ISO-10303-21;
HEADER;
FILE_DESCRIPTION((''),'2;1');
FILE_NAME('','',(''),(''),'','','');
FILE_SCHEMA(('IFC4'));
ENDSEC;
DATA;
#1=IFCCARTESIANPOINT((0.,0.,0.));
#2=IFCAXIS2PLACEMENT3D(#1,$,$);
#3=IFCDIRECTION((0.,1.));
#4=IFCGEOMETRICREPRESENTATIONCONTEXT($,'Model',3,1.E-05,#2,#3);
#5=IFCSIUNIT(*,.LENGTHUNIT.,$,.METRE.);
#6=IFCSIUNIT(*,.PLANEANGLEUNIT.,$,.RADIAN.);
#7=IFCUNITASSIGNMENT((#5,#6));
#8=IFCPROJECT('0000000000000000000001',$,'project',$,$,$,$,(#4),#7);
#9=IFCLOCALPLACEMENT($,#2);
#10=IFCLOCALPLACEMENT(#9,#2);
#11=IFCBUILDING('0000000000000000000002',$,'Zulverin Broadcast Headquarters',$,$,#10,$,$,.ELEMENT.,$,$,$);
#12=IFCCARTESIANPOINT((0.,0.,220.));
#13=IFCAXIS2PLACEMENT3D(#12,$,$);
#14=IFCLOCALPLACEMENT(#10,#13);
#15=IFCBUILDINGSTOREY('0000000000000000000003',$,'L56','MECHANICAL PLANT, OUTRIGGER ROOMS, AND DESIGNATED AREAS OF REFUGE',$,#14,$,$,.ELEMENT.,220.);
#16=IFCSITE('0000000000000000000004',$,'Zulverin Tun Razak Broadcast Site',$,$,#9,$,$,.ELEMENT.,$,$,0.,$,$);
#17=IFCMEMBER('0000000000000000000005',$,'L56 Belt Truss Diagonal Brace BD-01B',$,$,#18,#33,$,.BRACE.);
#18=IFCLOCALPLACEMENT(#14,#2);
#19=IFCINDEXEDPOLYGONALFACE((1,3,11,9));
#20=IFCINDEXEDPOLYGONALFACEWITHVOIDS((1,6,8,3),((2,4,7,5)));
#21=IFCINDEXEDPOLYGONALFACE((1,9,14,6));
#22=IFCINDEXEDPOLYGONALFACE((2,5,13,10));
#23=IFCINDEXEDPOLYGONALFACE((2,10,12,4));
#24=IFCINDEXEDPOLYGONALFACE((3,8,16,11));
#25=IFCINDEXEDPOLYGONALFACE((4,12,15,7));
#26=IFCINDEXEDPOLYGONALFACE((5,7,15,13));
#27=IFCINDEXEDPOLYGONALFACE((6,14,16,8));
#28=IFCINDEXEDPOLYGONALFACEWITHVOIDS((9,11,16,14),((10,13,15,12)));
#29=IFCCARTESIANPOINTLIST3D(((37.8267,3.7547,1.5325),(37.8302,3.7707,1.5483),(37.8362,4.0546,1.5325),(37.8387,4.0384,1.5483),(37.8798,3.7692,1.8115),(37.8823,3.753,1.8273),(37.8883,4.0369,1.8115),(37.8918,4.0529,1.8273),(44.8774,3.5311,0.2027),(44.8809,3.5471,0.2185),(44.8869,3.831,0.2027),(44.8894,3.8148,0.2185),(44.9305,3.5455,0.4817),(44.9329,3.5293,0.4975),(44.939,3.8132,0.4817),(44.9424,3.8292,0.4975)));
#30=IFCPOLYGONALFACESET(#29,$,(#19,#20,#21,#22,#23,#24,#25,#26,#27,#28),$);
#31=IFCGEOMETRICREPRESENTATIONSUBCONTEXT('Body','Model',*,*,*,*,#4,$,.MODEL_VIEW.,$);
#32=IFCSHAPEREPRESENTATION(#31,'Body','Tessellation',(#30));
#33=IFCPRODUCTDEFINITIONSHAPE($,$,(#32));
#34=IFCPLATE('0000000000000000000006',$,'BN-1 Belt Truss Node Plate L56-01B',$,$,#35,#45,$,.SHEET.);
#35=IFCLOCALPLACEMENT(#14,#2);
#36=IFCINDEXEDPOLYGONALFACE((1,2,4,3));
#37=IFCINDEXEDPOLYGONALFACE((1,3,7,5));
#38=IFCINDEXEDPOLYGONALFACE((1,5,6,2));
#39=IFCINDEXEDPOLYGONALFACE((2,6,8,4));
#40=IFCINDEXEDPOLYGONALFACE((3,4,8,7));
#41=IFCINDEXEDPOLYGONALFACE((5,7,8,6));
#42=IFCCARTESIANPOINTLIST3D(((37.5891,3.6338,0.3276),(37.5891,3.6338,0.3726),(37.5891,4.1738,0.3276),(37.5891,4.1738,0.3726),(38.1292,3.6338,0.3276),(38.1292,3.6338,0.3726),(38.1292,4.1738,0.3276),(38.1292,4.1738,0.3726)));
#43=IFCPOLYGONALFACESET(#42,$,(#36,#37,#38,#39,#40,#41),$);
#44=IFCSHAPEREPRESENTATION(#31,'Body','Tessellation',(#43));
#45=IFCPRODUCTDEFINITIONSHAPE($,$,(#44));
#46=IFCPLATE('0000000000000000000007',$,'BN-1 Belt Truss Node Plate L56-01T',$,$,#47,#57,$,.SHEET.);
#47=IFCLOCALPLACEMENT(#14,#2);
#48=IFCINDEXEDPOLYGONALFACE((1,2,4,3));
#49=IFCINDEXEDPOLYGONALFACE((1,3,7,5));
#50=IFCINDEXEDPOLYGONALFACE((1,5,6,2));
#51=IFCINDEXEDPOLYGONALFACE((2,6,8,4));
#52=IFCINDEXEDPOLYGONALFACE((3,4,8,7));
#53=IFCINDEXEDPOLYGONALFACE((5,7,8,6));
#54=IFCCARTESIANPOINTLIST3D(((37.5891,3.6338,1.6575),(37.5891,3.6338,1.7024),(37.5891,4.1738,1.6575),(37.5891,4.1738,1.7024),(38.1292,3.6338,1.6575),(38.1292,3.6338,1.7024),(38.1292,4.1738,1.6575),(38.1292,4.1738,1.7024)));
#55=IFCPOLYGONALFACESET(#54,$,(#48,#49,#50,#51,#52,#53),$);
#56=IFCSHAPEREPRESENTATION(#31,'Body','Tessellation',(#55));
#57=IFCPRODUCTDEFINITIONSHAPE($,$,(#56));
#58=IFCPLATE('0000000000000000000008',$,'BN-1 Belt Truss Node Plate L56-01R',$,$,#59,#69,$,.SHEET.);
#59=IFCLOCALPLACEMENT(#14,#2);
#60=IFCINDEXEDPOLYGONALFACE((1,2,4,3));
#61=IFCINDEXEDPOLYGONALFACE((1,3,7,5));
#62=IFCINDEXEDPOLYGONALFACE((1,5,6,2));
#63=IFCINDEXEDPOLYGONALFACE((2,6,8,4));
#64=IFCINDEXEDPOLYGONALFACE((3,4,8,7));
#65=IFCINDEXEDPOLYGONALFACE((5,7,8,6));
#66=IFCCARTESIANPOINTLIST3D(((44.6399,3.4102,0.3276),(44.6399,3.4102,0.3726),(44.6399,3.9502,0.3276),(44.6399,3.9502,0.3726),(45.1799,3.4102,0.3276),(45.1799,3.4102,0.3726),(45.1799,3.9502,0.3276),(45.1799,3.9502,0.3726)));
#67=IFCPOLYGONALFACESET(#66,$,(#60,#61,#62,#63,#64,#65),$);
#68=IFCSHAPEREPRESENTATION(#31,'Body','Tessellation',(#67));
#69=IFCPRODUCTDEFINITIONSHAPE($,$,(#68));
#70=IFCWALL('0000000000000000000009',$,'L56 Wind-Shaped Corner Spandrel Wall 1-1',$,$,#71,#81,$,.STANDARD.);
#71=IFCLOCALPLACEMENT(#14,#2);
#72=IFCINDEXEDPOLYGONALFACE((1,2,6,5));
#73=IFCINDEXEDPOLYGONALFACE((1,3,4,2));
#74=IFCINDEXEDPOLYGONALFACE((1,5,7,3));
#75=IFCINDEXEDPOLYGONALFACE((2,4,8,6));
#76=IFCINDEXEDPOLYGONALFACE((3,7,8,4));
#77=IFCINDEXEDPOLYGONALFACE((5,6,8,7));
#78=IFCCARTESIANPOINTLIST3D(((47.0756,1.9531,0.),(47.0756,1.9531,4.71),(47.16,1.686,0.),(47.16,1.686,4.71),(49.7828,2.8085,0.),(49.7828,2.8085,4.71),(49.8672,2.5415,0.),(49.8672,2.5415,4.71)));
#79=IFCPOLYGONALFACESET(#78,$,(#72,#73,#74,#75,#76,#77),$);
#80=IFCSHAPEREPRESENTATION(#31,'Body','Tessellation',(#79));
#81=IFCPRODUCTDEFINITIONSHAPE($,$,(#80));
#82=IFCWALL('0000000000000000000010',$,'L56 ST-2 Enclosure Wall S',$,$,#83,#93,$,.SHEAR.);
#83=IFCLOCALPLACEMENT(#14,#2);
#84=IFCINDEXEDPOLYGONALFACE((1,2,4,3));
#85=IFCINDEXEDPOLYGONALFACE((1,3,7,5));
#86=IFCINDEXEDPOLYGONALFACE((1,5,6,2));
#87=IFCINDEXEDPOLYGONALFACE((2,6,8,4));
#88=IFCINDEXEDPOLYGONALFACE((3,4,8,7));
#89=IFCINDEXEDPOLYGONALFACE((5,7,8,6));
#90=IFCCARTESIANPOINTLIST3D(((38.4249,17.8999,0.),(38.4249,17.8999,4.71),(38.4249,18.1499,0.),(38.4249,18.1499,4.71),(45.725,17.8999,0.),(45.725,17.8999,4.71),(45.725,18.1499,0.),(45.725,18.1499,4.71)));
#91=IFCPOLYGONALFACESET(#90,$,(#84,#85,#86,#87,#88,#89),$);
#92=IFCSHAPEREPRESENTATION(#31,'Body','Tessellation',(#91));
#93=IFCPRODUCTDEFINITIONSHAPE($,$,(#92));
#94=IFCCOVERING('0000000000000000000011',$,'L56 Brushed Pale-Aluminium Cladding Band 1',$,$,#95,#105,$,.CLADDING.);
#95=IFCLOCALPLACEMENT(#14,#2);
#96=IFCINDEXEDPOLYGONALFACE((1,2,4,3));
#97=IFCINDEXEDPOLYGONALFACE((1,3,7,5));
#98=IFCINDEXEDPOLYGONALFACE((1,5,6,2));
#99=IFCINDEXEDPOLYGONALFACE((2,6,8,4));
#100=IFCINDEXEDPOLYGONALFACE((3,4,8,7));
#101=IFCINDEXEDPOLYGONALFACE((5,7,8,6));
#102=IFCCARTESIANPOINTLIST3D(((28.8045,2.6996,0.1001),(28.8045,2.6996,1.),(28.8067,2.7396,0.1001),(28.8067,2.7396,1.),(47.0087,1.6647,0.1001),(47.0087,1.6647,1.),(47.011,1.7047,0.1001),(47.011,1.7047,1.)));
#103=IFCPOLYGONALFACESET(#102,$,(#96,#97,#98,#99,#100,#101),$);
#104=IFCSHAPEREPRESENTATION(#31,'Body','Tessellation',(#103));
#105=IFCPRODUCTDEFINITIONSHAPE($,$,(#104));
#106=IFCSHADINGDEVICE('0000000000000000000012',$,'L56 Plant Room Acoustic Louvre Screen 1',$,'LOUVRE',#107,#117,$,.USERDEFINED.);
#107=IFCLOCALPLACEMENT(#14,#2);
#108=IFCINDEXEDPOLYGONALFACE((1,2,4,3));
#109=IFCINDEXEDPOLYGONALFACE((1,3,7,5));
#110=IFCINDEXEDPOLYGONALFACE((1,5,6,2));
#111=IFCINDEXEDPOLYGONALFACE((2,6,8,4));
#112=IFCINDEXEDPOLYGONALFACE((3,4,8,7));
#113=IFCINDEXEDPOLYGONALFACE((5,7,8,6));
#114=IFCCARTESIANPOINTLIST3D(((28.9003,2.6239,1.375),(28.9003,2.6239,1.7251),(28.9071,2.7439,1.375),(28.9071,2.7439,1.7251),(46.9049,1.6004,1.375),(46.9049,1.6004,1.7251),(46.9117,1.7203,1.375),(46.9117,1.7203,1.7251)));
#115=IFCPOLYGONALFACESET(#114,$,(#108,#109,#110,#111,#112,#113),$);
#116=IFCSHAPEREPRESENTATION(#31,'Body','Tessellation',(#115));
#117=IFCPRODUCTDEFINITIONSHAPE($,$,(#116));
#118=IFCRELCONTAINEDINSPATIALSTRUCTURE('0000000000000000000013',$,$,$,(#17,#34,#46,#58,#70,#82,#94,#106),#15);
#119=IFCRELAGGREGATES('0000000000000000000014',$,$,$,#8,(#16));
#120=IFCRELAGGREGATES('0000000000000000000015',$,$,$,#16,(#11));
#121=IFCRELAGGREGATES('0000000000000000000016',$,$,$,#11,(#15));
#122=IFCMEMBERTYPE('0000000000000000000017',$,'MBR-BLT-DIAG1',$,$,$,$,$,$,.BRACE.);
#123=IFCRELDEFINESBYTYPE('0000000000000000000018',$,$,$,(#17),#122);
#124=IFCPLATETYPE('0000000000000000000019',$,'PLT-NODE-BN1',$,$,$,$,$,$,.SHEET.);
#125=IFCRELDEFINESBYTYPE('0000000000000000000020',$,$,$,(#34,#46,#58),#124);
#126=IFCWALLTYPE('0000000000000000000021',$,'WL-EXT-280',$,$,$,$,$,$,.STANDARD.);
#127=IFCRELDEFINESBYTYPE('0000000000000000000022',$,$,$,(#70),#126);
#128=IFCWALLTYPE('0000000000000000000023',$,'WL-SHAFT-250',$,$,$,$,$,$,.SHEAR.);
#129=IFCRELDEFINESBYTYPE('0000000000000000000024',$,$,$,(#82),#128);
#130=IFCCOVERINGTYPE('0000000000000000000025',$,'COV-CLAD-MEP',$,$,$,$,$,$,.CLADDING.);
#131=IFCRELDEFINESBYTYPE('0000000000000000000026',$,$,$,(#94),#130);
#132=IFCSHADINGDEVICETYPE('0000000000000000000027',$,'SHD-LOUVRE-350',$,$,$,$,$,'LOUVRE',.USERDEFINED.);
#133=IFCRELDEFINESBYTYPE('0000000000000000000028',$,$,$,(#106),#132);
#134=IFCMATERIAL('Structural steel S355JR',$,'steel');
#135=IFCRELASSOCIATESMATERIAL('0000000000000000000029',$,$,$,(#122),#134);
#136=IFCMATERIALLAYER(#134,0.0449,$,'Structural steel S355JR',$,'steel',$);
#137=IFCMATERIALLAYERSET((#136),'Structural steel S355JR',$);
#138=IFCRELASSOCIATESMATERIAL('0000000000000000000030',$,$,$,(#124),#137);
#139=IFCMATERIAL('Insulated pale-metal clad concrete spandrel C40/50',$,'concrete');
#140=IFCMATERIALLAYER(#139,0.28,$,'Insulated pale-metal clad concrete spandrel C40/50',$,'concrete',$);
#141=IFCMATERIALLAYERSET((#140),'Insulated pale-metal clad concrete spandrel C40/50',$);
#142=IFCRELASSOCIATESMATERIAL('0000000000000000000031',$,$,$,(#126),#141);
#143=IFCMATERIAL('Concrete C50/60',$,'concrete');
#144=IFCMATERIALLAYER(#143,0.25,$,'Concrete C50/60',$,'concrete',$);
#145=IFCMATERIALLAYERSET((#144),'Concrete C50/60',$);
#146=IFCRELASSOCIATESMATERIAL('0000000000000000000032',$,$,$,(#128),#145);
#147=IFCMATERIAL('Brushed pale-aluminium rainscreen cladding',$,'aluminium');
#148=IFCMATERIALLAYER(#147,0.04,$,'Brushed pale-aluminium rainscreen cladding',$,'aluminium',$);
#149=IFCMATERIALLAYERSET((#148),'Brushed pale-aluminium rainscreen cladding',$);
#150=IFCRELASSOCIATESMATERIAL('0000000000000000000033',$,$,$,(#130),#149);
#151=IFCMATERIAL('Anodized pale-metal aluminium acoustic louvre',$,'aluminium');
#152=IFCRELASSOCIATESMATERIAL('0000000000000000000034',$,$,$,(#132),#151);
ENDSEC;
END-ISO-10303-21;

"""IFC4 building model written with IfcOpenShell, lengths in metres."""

from ifc_helpers import new_model, si_unit, direction, frame, frame_2d, origin, origin_2d, place, context, subcontext, project, spatial, rectangle, hollow_rectangle, extrude, material, layer, layer_set, material_profile, profile_set, type_object, element, save


model = new_model("IFC4")

# Units and contexts
model_context = context("Model", 3, precision=1e-05, world=origin(), true_north=direction((0.0, 1.0)))
body_context = subcontext(model_context, "Body", "Model", "MODEL_VIEW")
ifc_project = project(units=[si_unit("LENGTHUNIT", "METRE"), si_unit("PLANEANGLEUNIT", "RADIAN")], contexts=[model_context])

# Site, building, storey
site_placement = place(None, origin())
site = spatial("IfcSite", under=ifc_project, at=site_placement, Name="Zulverin Tun Razak Broadcast Site", CompositionType="ELEMENT", RefElevation=0.0)
building_placement = place(site_placement, origin())
building = spatial("IfcBuilding", under=site, at=building_placement, Name="Zulverin Broadcast Headquarters", CompositionType="ELEMENT")
storey_placement = place(building_placement, frame((0.0, 0.0, 220.0)))
storey = spatial("IfcBuildingStorey", under=building, at=storey_placement, Name="L56", Description="MECHANICAL PLANT, OUTRIGGER ROOMS, AND DESIGNATED AREAS OF REFUGE", CompositionType="ELEMENT", Elevation=220.0)

# Shared definitions
ifc_material_1 = material(Name="Concrete C50/60", Category="concrete")

# Shared definitions
ifc_material_2 = material(Name="Structural steel S355JR", Category="steel")

# Member
ifc_material_profile_1 = material_profile(ifc_material_2, hollow_rectangle(XDim=0.3, YDim=0.3, WallThickness=0.0161, at=origin_2d()), Name="Structural steel S355JR", Category="steel")
ifc_profile_set_1 = profile_set([ifc_material_profile_1], Name="Structural steel S355JR")
member_type = type_object("IfcMemberType", Name="MBR-BLT-DIAG1", PredefinedType="BRACE", material=ifc_profile_set_1)
member_placement = place(storey_placement, frame((44.9099, 3.6802, 0.3501), z_axis=(-0.982197, 0.031153, 0.18525), x_axis=(-0.031702, -0.999497, 0.0)))
element("IfcMember", 1, at=member_placement, inside=storey, type_object=member_type, Name="L56 Belt Truss Diagonal Brace BD-01B", PredefinedType="BRACE", context=body_context, shape_type="SweptSolid", body=[
    extrude(hollow_rectangle(XDim=0.3, YDim=0.3, WallThickness=0.0161, at=origin_2d()), origin(), (0.0, 0.0, 1.0), 7.1785),
])

# Plates
ifc_layer_1 = layer(ifc_material_2, 0.0449, Name="Structural steel S355JR", Category="steel")
ifc_layer_set_1 = layer_set([ifc_layer_1], Name="Structural steel S355JR")
plate_type = type_object("IfcPlateType", Name="PLT-NODE-BN1", PredefinedType="SHEET", material=ifc_layer_set_1)
for number, where, z_axis, x_axis, name in (
    (2, (37.8591, 3.9038, 0.3276), (0.0, 0.0, 1.0), (1.0, 0.0, 0.0), "BN-1 Belt Truss Node Plate L56-01B"),
    (3, (37.8591, 3.9038, 1.6575), (0.0, 0.0, 1.0), (1.0, 0.0, 0.0), "BN-1 Belt Truss Node Plate L56-01T"),
    (4, (44.9099, 3.6802, 0.3276), (0.0, 0.0, 1.0), (1.0, 0.0, 0.0), "BN-1 Belt Truss Node Plate L56-01R"),
):
    element("IfcPlate", number, at=place(storey_placement, frame(where, z_axis=z_axis, x_axis=x_axis)), inside=storey, type_object=plate_type, Name=name, PredefinedType="SHEET", context=body_context, shape_type="SweptSolid", body=[
        extrude(rectangle(XDim=0.54, YDim=0.54, at=origin_2d()), origin(), (0.0, 0.0, 1.0), 0.0449),
    ])

# Walls
ifc_material_3 = material(Name="Insulated pale-metal clad concrete spandrel C40/50", Category="concrete")
ifc_layer_2 = layer(ifc_material_3, 0.28, Name="Insulated pale-metal clad concrete spandrel C40/50", Category="concrete")
ifc_layer_set_2 = layer_set([ifc_layer_2], Name="Insulated pale-metal clad concrete spandrel C40/50")
wall_type_1 = type_object("IfcWallType", Name="WL-EXT-280", PredefinedType="STANDARD", material=ifc_layer_set_2)
wall_1_placement = place(storey_placement, frame((47.1179, 1.8196, 0.0), z_axis=(0.0, 0.0, 1.0), x_axis=(0.953528, 0.301304, 0.0)))
element("IfcWall", 5, at=wall_1_placement, inside=storey, type_object=wall_type_1, Name="L56 Wind-Shaped Corner Spandrel Wall 1-1", PredefinedType="STANDARD", context=body_context, shape_type="SweptSolid", body=[
    extrude(rectangle(XDim=2.8391, YDim=0.28, at=frame_2d((1.4194, 0.0))), origin(), (0.0, 0.0, 1.0), 4.71),
])
ifc_layer_3 = layer(ifc_material_1, 0.25, Name="Concrete C50/60", Category="concrete")
ifc_layer_set_3 = layer_set([ifc_layer_3], Name="Concrete C50/60")
wall_type_2 = type_object("IfcWallType", Name="WL-SHAFT-250", PredefinedType="SHEAR", material=ifc_layer_set_3)
wall_2_placement = place(storey_placement, frame((38.425, 18.0249, 0.0), z_axis=(0.0, 0.0, 1.0), x_axis=(1.0, 0.0, 0.0)))
element("IfcWall", 6, at=wall_2_placement, inside=storey, type_object=wall_type_2, Name="L56 ST-2 Enclosure Wall S", PredefinedType="SHEAR", context=body_context, shape_type="SweptSolid", body=[
    extrude(rectangle(XDim=7.3, YDim=0.25, at=frame_2d((3.6499, 0.0))), origin(), (0.0, 0.0, 1.0), 4.71),
])

# Covering
ifc_material_4 = material(Name="Brushed pale-aluminium rainscreen cladding", Category="aluminium")
ifc_layer_4 = layer(ifc_material_4, 0.04, Name="Brushed pale-aluminium rainscreen cladding", Category="aluminium")
ifc_layer_set_4 = layer_set([ifc_layer_4], Name="Brushed pale-aluminium rainscreen cladding")
covering_type = type_object("IfcCoveringType", Name="COV-CLAD-MEP", PredefinedType="CLADDING", material=ifc_layer_set_4)
covering_placement = place(storey_placement, frame((37.9077, 2.2021, 0.1001), z_axis=(0.0, 0.0, 1.0), x_axis=(0.998388, -0.056757, 0.0)))
element("IfcCovering", 7, at=covering_placement, inside=storey, type_object=covering_type, Name="L56 Brushed Pale-Aluminium Cladding Band 1", PredefinedType="CLADDING", context=body_context, shape_type="SweptSolid", body=[
    extrude(rectangle(XDim=18.2336, YDim=0.04, at=origin_2d()), origin(), (0.0, 0.0, 1.0), 0.8999),
])

# Shading device
ifc_material_5 = material(Name="Anodized pale-metal aluminium acoustic louvre", Category="aluminium")
shading_device_type = type_object("IfcShadingDeviceType", Name="SHD-LOUVRE-350", ElementType="LOUVRE", PredefinedType="USERDEFINED", material=ifc_material_5)
shading_device_placement = place(storey_placement, frame((37.906, 2.1721, 1.375), z_axis=(0.0, 0.0, 1.0), x_axis=(0.998388, -0.056757, 0.0)))
element("IfcShadingDevice", 8, at=shading_device_placement, inside=storey, type_object=shading_device_type, Name="L56 Plant Room Acoustic Louvre Screen 1", ObjectType="LOUVRE", PredefinedType="USERDEFINED", context=body_context, shape_type="SweptSolid", body=[
    extrude(rectangle(XDim=18.0337, YDim=0.1201, at=origin_2d()), origin(), (0.0, 0.0, 1.0), 0.3501),
])

save(model, "model.ifc")
